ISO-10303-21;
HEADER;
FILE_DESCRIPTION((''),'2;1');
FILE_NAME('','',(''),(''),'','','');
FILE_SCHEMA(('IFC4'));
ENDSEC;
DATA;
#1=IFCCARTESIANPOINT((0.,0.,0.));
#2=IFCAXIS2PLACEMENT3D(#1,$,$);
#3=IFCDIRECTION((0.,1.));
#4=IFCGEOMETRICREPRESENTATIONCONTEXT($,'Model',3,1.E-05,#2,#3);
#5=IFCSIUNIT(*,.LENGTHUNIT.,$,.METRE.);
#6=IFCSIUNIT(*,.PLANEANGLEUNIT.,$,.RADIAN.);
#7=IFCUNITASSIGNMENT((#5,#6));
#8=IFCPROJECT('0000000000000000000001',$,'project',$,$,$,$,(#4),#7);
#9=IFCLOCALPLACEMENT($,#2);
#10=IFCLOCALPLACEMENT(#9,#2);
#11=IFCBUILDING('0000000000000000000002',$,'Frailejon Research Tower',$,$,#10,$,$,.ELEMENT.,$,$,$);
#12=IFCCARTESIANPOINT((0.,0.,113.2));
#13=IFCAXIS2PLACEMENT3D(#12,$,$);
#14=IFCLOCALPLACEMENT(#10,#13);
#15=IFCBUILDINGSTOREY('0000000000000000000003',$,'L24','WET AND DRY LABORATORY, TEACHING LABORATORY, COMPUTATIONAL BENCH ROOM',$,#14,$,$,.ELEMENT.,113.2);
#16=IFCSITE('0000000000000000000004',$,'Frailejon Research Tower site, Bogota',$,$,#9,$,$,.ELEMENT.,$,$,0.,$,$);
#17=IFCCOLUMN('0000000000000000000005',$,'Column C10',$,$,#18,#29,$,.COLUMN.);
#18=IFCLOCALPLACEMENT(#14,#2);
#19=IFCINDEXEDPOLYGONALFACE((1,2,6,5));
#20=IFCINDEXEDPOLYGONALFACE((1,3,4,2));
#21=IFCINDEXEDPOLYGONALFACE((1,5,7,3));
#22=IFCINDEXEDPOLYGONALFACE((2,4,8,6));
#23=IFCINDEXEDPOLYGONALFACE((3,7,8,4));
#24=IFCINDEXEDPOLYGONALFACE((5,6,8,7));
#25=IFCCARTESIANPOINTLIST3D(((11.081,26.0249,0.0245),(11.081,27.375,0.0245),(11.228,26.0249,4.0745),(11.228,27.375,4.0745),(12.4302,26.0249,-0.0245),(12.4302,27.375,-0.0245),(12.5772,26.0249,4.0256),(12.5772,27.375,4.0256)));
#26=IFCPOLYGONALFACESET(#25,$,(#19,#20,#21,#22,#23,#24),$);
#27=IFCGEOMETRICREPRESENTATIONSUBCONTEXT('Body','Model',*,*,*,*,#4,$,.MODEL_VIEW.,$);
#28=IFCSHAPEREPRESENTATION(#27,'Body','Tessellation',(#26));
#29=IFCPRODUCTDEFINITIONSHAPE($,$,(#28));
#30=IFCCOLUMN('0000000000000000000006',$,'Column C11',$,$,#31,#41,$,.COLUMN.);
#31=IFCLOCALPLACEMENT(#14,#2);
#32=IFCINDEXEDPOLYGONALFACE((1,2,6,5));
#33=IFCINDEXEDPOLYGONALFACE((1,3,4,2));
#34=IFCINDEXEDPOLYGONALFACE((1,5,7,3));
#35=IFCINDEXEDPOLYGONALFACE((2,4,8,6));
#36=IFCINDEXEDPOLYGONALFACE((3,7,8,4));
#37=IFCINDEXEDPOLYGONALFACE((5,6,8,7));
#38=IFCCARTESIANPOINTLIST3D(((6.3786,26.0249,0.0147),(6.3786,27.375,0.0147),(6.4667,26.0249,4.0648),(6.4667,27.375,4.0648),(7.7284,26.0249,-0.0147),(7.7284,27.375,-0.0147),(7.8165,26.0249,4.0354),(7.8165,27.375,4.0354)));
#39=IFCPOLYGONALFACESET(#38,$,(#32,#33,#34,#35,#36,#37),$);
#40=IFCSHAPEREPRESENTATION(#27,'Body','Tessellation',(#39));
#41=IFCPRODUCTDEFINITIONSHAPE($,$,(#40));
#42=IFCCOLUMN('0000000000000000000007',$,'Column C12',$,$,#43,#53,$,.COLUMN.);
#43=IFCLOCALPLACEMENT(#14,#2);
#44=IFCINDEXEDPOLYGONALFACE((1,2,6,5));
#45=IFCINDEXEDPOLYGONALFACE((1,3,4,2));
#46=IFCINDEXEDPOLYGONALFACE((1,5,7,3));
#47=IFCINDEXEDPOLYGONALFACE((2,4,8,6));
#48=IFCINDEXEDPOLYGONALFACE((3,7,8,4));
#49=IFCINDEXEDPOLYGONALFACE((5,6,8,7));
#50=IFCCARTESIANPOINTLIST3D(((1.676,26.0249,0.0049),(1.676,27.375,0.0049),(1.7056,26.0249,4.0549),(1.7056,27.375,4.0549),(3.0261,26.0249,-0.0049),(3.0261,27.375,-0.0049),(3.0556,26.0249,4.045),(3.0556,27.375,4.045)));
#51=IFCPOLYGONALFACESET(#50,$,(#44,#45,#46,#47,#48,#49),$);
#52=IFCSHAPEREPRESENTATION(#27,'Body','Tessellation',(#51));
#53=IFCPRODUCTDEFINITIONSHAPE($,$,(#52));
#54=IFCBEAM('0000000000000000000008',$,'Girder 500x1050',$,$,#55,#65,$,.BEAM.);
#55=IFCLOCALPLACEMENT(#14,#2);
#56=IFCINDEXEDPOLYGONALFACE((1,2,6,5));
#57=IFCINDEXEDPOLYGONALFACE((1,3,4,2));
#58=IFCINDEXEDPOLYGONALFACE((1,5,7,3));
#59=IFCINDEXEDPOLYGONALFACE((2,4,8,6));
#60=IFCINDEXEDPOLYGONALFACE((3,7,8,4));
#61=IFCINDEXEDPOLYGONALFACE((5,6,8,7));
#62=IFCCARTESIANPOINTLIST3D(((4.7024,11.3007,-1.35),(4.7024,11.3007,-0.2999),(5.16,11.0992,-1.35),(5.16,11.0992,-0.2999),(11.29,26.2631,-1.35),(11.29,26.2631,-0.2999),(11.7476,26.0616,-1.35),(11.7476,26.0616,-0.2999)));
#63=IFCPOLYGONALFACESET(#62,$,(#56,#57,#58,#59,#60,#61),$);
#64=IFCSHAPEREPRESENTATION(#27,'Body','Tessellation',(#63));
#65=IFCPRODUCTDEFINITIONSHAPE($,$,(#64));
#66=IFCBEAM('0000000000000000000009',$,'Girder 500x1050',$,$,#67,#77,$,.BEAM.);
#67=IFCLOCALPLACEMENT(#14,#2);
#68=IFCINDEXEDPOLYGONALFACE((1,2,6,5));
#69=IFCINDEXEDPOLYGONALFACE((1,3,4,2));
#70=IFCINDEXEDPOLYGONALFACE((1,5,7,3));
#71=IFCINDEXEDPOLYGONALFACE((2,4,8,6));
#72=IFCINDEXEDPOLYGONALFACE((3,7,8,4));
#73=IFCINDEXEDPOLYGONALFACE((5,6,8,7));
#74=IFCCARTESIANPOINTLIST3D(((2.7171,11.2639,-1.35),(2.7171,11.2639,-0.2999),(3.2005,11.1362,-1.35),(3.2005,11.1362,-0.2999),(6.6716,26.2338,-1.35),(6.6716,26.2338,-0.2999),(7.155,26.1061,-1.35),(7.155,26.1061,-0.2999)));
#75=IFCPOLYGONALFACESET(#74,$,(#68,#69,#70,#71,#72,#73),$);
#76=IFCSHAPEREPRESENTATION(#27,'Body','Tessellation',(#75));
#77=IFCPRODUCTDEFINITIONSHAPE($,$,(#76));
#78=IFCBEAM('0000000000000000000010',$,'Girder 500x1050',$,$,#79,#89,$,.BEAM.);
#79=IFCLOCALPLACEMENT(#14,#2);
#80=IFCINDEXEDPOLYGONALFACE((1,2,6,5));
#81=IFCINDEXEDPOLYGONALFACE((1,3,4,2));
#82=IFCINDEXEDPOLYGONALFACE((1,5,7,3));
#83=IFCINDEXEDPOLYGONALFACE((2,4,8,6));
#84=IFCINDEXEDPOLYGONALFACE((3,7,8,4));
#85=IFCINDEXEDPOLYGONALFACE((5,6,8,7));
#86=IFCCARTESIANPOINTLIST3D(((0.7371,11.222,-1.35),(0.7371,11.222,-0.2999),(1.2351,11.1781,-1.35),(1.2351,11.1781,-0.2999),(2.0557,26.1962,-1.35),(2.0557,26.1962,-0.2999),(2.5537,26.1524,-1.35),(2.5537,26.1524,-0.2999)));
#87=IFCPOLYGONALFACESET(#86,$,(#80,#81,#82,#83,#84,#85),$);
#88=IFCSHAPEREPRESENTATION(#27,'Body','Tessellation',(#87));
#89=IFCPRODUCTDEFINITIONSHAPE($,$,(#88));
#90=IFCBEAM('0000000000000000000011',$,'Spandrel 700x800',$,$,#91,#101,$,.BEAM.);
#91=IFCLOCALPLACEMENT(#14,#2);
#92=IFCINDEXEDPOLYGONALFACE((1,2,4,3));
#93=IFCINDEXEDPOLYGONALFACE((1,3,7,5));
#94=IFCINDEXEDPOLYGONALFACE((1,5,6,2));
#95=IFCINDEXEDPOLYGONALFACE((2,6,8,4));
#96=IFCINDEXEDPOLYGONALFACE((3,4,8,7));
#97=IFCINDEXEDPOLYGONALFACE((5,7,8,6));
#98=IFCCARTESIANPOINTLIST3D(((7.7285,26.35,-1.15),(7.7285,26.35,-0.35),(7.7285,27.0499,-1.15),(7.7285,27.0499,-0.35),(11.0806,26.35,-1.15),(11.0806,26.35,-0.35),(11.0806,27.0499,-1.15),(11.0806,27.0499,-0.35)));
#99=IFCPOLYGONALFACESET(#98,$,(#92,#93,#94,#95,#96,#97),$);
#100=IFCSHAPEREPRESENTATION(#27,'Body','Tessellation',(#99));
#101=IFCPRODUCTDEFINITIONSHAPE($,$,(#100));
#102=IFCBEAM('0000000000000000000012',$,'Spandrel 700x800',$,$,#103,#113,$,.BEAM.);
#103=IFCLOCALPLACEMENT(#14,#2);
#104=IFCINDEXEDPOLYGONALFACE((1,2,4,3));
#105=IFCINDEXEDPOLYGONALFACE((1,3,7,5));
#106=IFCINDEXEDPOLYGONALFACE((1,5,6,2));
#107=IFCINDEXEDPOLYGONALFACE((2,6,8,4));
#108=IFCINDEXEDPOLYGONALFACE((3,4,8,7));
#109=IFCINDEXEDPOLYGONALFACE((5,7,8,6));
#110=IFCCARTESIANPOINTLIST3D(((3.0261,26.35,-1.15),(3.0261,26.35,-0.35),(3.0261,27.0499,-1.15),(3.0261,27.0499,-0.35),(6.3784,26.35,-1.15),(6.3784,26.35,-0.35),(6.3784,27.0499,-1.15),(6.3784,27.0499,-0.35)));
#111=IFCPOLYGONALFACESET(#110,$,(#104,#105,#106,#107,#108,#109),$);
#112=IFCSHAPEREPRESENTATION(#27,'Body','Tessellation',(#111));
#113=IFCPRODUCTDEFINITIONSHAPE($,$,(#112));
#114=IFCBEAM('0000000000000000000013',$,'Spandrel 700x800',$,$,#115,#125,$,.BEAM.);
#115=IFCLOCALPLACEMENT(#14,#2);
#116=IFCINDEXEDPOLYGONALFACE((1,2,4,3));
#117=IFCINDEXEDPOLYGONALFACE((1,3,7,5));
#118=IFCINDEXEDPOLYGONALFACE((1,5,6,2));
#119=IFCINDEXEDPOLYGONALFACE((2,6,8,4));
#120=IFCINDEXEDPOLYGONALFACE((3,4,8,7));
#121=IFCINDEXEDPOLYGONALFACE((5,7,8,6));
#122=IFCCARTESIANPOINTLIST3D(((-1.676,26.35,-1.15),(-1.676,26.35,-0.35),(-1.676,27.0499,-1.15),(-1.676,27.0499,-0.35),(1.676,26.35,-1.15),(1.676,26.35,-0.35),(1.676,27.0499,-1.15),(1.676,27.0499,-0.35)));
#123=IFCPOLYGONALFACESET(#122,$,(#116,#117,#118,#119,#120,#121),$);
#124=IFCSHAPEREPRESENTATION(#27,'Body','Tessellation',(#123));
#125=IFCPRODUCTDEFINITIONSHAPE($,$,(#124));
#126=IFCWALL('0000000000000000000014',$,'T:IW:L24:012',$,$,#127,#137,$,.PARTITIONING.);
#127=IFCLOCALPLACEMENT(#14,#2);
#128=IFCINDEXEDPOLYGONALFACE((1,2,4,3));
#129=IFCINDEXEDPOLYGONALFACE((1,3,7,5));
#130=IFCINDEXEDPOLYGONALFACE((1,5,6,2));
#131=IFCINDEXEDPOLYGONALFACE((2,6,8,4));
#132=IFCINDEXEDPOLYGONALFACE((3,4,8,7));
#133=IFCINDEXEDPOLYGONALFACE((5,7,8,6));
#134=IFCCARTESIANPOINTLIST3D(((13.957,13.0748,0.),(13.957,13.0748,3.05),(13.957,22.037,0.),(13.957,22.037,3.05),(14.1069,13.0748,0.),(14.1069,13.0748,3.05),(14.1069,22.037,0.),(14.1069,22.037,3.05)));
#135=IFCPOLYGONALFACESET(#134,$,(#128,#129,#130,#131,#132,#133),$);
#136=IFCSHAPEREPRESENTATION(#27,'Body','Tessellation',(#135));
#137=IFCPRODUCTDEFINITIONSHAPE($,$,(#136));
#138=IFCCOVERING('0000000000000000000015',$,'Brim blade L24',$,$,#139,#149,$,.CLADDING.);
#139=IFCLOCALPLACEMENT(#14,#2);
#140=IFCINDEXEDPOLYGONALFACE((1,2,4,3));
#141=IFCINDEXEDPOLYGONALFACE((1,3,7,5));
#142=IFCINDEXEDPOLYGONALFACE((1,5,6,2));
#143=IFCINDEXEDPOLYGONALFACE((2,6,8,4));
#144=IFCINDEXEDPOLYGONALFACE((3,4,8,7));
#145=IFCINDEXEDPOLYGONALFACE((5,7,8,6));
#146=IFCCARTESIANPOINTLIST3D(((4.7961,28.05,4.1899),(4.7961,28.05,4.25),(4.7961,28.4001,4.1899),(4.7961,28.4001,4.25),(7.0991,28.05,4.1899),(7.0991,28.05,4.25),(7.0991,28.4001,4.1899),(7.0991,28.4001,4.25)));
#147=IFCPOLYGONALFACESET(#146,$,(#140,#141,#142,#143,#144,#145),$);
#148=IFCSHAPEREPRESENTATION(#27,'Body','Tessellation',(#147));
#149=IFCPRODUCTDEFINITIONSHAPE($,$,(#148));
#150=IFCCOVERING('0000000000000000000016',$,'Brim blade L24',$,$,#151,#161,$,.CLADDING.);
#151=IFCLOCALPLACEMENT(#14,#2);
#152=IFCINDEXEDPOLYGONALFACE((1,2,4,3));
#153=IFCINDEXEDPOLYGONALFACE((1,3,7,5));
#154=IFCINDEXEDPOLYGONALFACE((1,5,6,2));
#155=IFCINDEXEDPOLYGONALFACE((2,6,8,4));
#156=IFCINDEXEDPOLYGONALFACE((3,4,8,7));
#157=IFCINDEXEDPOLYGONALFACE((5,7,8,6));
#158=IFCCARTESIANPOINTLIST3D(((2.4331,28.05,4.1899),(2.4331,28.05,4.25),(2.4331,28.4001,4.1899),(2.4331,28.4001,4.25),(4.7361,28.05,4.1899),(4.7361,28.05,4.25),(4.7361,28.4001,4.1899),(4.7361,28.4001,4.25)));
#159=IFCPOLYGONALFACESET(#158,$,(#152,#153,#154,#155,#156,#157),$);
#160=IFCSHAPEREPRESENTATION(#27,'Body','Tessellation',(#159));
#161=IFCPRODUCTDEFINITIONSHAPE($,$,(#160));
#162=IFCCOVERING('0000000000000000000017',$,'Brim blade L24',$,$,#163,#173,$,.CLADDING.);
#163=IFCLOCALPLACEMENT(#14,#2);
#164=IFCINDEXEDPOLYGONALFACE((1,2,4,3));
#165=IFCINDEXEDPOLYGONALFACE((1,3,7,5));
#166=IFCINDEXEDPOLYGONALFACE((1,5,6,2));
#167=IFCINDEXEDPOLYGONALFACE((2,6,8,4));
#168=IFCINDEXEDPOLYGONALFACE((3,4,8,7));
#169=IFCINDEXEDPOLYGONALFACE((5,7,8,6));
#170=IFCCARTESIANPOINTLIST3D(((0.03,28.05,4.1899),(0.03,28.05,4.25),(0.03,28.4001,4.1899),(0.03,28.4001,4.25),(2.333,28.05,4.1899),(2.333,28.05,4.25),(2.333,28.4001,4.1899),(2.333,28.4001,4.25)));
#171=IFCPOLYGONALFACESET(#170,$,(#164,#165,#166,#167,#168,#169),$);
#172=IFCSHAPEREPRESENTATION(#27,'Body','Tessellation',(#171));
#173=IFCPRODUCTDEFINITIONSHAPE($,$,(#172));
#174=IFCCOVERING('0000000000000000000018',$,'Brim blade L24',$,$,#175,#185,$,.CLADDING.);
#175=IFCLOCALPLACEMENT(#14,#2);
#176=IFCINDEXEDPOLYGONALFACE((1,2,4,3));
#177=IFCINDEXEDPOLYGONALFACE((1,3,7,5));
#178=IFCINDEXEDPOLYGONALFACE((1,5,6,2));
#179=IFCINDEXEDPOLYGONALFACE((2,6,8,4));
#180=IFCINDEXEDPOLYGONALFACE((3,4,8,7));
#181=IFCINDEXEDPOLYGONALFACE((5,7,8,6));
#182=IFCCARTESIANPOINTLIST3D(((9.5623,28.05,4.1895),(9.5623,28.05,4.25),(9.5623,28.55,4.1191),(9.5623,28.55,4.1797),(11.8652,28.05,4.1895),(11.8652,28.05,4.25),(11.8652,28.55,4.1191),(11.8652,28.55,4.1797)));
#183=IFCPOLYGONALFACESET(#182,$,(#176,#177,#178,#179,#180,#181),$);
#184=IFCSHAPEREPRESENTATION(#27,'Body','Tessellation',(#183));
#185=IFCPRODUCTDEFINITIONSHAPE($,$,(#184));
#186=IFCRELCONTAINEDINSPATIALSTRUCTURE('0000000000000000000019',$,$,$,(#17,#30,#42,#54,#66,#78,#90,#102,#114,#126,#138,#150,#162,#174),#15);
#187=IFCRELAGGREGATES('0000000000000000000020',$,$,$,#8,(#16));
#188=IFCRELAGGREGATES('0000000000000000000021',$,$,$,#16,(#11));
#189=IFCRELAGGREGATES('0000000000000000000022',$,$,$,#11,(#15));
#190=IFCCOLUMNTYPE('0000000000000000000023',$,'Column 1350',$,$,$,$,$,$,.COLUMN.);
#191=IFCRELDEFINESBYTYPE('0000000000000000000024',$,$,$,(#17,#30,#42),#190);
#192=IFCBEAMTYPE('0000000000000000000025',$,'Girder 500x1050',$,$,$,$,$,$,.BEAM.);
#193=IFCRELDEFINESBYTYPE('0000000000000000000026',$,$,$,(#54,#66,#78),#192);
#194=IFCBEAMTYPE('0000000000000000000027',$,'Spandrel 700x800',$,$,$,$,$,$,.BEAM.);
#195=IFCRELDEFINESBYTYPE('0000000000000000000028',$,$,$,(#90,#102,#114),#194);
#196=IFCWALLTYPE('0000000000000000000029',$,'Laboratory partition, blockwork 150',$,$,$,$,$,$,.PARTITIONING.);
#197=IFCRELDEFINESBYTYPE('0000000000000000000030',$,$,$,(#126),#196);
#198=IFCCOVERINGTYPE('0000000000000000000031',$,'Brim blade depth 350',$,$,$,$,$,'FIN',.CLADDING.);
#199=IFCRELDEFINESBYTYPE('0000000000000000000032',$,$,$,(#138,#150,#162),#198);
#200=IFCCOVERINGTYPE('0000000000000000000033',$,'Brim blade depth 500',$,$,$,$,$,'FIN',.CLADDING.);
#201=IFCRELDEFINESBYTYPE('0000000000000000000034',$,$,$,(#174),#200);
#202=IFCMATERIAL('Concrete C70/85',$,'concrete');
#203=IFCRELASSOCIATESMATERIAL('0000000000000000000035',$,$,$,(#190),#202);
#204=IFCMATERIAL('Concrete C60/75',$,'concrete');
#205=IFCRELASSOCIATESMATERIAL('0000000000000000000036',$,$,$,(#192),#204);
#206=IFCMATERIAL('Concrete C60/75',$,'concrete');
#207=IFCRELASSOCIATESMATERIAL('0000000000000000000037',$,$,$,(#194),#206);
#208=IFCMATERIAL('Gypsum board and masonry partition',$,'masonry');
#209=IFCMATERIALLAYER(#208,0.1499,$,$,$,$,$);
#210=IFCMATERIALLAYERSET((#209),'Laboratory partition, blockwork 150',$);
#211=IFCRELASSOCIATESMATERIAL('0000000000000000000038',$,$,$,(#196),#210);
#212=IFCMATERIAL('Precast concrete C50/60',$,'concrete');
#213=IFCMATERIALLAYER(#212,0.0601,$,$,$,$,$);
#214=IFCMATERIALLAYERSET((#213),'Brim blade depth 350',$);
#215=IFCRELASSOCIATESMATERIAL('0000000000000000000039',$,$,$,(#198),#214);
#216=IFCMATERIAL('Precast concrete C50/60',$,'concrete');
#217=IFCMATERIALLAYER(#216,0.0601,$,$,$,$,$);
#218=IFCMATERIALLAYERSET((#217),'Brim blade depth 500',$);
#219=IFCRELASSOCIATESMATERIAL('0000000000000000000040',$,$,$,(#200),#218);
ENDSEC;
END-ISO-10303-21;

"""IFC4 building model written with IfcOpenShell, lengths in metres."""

from ifc_helpers import new_model, si_unit, direction, frame, frame_2d, origin, origin_2d, place, context, subcontext, project, spatial, polyline, rectangle, outline, extrude, material, layer, layer_set, material_profile, profile_set, type_object, element, save


model = new_model("IFC4")

# Units and contexts
model_context = context("Model", 3, precision=1e-05, world=origin(), true_north=direction((0.0, 1.0)))
body_context = subcontext(model_context, "Body", "Model", "MODEL_VIEW")
ifc_project = project(units=[si_unit("LENGTHUNIT", "METRE"), si_unit("PLANEANGLEUNIT", "RADIAN")], contexts=[model_context])

# Site, building, storey
site_placement = place(None, origin())
site = spatial("IfcSite", under=ifc_project, at=site_placement, Name="Frailejon Research Tower site, Bogota", CompositionType="ELEMENT", RefElevation=0.0)
building_placement = place(site_placement, origin())
building = spatial("IfcBuilding", under=site, at=building_placement, Name="Frailejon Research Tower", CompositionType="ELEMENT")
storey_placement = place(building_placement, frame((0.0, 0.0, 113.2)))
storey = spatial("IfcBuildingStorey", under=building, at=storey_placement, Name="L24", Description="WET AND DRY LABORATORY, TEACHING LABORATORY, COMPUTATIONAL BENCH ROOM", CompositionType="ELEMENT", Elevation=113.2)

# Columns
ifc_material_1 = material(Name="Concrete C70/85", Category="concrete")
ifc_material_profile_1 = material_profile(ifc_material_1, rectangle(XDim=1.3501, YDim=1.3501, at=origin_2d()), Name="Column 1350")
ifc_profile_set_1 = profile_set([ifc_material_profile_1], Name="Concrete C70/85")
column_type = type_object("IfcColumnType", Name="Column 1350", PredefinedType="COLUMN", material=ifc_profile_set_1)
column_1_placement = place(storey_placement, frame((11.7556, 26.7, 0.0), z_axis=(0.036265, 0.0, 0.999342), x_axis=(-0.999342, 0.0, 0.036265)))
element("IfcColumn", 1, at=column_1_placement, inside=storey, type_object=column_type, Name="Column C10", PredefinedType="COLUMN", context=body_context, shape_type="SweptSolid", body=[
    extrude(rectangle(XDim=1.3501, YDim=1.3501, at=origin_2d()), origin(), (0.0, 0.0, 1.0), 4.0527),
])
column_2_placement = place(storey_placement, frame((7.0535, 26.7, 0.0), z_axis=(0.021756, 0.0, 0.999763), x_axis=(-0.999763, 0.0, 0.021756)))
element("IfcColumn", 2, at=column_2_placement, inside=storey, type_object=column_type, Name="Column C11", PredefinedType="COLUMN", context=body_context, shape_type="SweptSolid", body=[
    extrude(rectangle(XDim=1.3501, YDim=1.3501, at=origin_2d()), origin(), (0.0, 0.0, 1.0), 4.051),
])
column_3_placement = place(storey_placement, frame((2.3511, 26.7, 0.0), z_axis=(0.007294, 0.0, 0.999973), x_axis=(-0.999973, 0.0, 0.007294)))
element("IfcColumn", 3, at=column_3_placement, inside=storey, type_object=column_type, Name="Column C12", PredefinedType="COLUMN", context=body_context, shape_type="SweptSolid", body=[
    extrude(rectangle(XDim=1.3501, YDim=1.3501, at=origin_2d()), origin(), (0.0, 0.0, 1.0), 4.05),
])

# Beams
ifc_material_2 = material(Name="Concrete C60/75", Category="concrete")
ifc_material_profile_2 = material_profile(ifc_material_2, rectangle(XDim=0.5, YDim=1.05, at=origin_2d()), Name="Girder 500x1050")
ifc_profile_set_2 = profile_set([ifc_material_profile_2], Name="Concrete C60/75")
beam_type_1 = type_object("IfcBeamType", Name="Girder 500x1050", PredefinedType="BEAM", material=ifc_profile_set_2)
beam_1_placement = place(storey_placement, frame((11.5188, 26.1624, -0.825), z_axis=(-0.402953, -0.915221, 0.0), x_axis=(0.915221, -0.402953, 0.0)))
element("IfcBeam", 4, at=beam_1_placement, inside=storey, type_object=beam_type_1, Name="Girder 500x1050", PredefinedType="BEAM", context=body_context, shape_type="SweptSolid", body=[
    extrude(rectangle(XDim=0.5, YDim=1.05, at=origin_2d()), origin(), (0.0, 0.0, 1.0), 16.3484),
])
beam_2_placement = place(storey_placement, frame((6.9133, 26.1699, -0.825), z_axis=(-0.255407, -0.966834, 0.0), x_axis=(0.966834, -0.255407, 0.0)))
element("IfcBeam", 5, at=beam_2_placement, inside=storey, type_object=beam_type_1, Name="Girder 500x1050", PredefinedType="BEAM", context=body_context, shape_type="SweptSolid", body=[
    extrude(rectangle(XDim=0.5, YDim=1.05, at=origin_2d()), origin(), (0.0, 0.0, 1.0), 15.4834),
])
beam_3_placement = place(storey_placement, frame((2.3047, 26.1743, -0.825), z_axis=(-0.087718, -0.996145, 0.0), x_axis=(0.996145, -0.087718, 0.0)))
element("IfcBeam", 6, at=beam_3_placement, inside=storey, type_object=beam_type_1, Name="Girder 500x1050", PredefinedType="BEAM", context=body_context, shape_type="SweptSolid", body=[
    extrude(rectangle(XDim=0.5, YDim=1.05, at=origin_2d()), origin(), (0.0, 0.0, 1.0), 15.0322),
])
ifc_material_3 = material(Name="Concrete C60/75", Category="concrete")
ifc_material_profile_3 = material_profile(ifc_material_3, rectangle(XDim=0.7, YDim=0.8, at=origin_2d()), Name="Spandrel 700x800")
ifc_profile_set_3 = profile_set([ifc_material_profile_3], Name="Concrete C60/75")
beam_type_2 = type_object("IfcBeamType", Name="Spandrel 700x800", PredefinedType="BEAM", material=ifc_profile_set_3)
beam_4_placement = place(storey_placement, frame((11.0806, 26.7, -0.75), z_axis=(-1.0, 0.0, 0.0), x_axis=(0.0, -1.0, 0.0)))
element("IfcBeam", 7, at=beam_4_placement, inside=storey, type_object=beam_type_2, Name="Spandrel 700x800", PredefinedType="BEAM", context=body_context, shape_type="SweptSolid", body=[
    extrude(rectangle(XDim=0.7, YDim=0.8, at=origin_2d()), origin(), (0.0, 0.0, 1.0), 3.3521),
])
beam_5_placement = place(storey_placement, frame((6.3784, 26.7, -0.75), z_axis=(-1.0, 0.0, 0.0), x_axis=(0.0, -1.0, 0.0)))
element("IfcBeam", 8, at=beam_5_placement, inside=storey, type_object=beam_type_2, Name="Spandrel 700x800", PredefinedType="BEAM", context=body_context, shape_type="SweptSolid", body=[
    extrude(rectangle(XDim=0.7, YDim=0.8, at=origin_2d()), origin(), (0.0, 0.0, 1.0), 3.3523),
])
beam_6_placement = place(storey_placement, frame((1.676, 26.7, -0.75), z_axis=(-1.0, 0.0, 0.0), x_axis=(0.0, -1.0, 0.0)))
element("IfcBeam", 9, at=beam_6_placement, inside=storey, type_object=beam_type_2, Name="Spandrel 700x800", PredefinedType="BEAM", context=body_context, shape_type="SweptSolid", body=[
    extrude(rectangle(XDim=0.7, YDim=0.8, at=origin_2d()), origin(), (0.0, 0.0, 1.0), 3.3521),
])

# Wall
ifc_material_4 = material(Name="Gypsum board and masonry partition", Category="masonry")
ifc_layer_1 = layer(ifc_material_4, 0.1499)
ifc_layer_set_1 = layer_set([ifc_layer_1], Name="Laboratory partition, blockwork 150")
wall_type_1 = type_object("IfcWallType", Name="Laboratory partition, blockwork 150", PredefinedType="PARTITIONING", material=ifc_layer_set_1)
wall_1_placement = place(storey_placement, frame((14.032, 13.075, 0.0), z_axis=(0.0, 0.0, 1.0), x_axis=(0.0, 1.0, 0.0)))
element("IfcWall", 10, at=wall_1_placement, inside=storey, type_object=wall_type_1, Name="T:IW:L24:012", PredefinedType="PARTITIONING", context=body_context, shape_type="SweptSolid", body=[
    extrude(rectangle(XDim=8.9622, YDim=0.1499, at=frame_2d((4.481, 0.0))), origin(), (0.0, 0.0, 1.0), 3.05),
])

# Coverings
ifc_material_5 = material(Name="Precast concrete C50/60", Category="concrete")
ifc_layer_2 = layer(ifc_material_5, 0.0601)
ifc_layer_set_2 = layer_set([ifc_layer_2], Name="Brim blade depth 350")
covering_type_1 = type_object("IfcCoveringType", Name="Brim blade depth 350", ElementType="FIN", PredefinedType="CLADDING", material=ifc_layer_set_2)
for number, where, z_axis, x_axis, name in (
    (11, (4.7961, 28.05, 4.25), (1.0, 0.0, 0.0), (0.0, 1.0, 0.0), "Brim blade L24"),
    (12, (2.4331, 28.05, 4.25), (1.0, 0.0, 0.0), (0.0, 1.0, 0.0), "Brim blade L24"),
    (13, (0.03, 28.05, 4.25), (1.0, 0.0, 0.0), (0.0, 1.0, 0.0), "Brim blade L24"),
):
    element("IfcCovering", number, at=place(storey_placement, frame(where, z_axis=z_axis, x_axis=x_axis)), inside=storey, type_object=covering_type_1, Name=name, PredefinedType="CLADDING", context=body_context, shape_type="SweptSolid", body=[
        extrude(outline(polyline([(0.0, -0.0601), (0.3501, -0.0601), (0.3501, 0.0), (0.0, 0.0), (0.0, -0.0601)])), origin(), (0.0, 0.0, 1.0), 2.303),
    ])
ifc_material_6 = material(Name="Precast concrete C50/60", Category="concrete")
ifc_layer_3 = layer(ifc_material_6, 0.0601)
ifc_layer_set_3 = layer_set([ifc_layer_3], Name="Brim blade depth 500")
covering_type_2 = type_object("IfcCoveringType", Name="Brim blade depth 500", ElementType="FIN", PredefinedType="CLADDING", material=ifc_layer_set_3)
for number, where, z_axis, x_axis, name in (
    (14, (9.5623, 28.05, 4.25), (1.0, 0.0, 0.0), (0.0, 1.0, 0.0), "Brim blade L24"),
):
    element("IfcCovering", number, at=place(storey_placement, frame(where, z_axis=z_axis, x_axis=x_axis)), inside=storey, type_object=covering_type_2, Name=name, PredefinedType="CLADDING", context=body_context, shape_type="SweptSolid", body=[
        extrude(outline(polyline([(0.0, -0.0605), (0.5, -0.1309), (0.5, -0.0703), (0.0, 0.0), (0.0, -0.0605)])), origin(), (0.0, 0.0, 1.0), 2.303),
    ])

save(model, "model.ifc")
